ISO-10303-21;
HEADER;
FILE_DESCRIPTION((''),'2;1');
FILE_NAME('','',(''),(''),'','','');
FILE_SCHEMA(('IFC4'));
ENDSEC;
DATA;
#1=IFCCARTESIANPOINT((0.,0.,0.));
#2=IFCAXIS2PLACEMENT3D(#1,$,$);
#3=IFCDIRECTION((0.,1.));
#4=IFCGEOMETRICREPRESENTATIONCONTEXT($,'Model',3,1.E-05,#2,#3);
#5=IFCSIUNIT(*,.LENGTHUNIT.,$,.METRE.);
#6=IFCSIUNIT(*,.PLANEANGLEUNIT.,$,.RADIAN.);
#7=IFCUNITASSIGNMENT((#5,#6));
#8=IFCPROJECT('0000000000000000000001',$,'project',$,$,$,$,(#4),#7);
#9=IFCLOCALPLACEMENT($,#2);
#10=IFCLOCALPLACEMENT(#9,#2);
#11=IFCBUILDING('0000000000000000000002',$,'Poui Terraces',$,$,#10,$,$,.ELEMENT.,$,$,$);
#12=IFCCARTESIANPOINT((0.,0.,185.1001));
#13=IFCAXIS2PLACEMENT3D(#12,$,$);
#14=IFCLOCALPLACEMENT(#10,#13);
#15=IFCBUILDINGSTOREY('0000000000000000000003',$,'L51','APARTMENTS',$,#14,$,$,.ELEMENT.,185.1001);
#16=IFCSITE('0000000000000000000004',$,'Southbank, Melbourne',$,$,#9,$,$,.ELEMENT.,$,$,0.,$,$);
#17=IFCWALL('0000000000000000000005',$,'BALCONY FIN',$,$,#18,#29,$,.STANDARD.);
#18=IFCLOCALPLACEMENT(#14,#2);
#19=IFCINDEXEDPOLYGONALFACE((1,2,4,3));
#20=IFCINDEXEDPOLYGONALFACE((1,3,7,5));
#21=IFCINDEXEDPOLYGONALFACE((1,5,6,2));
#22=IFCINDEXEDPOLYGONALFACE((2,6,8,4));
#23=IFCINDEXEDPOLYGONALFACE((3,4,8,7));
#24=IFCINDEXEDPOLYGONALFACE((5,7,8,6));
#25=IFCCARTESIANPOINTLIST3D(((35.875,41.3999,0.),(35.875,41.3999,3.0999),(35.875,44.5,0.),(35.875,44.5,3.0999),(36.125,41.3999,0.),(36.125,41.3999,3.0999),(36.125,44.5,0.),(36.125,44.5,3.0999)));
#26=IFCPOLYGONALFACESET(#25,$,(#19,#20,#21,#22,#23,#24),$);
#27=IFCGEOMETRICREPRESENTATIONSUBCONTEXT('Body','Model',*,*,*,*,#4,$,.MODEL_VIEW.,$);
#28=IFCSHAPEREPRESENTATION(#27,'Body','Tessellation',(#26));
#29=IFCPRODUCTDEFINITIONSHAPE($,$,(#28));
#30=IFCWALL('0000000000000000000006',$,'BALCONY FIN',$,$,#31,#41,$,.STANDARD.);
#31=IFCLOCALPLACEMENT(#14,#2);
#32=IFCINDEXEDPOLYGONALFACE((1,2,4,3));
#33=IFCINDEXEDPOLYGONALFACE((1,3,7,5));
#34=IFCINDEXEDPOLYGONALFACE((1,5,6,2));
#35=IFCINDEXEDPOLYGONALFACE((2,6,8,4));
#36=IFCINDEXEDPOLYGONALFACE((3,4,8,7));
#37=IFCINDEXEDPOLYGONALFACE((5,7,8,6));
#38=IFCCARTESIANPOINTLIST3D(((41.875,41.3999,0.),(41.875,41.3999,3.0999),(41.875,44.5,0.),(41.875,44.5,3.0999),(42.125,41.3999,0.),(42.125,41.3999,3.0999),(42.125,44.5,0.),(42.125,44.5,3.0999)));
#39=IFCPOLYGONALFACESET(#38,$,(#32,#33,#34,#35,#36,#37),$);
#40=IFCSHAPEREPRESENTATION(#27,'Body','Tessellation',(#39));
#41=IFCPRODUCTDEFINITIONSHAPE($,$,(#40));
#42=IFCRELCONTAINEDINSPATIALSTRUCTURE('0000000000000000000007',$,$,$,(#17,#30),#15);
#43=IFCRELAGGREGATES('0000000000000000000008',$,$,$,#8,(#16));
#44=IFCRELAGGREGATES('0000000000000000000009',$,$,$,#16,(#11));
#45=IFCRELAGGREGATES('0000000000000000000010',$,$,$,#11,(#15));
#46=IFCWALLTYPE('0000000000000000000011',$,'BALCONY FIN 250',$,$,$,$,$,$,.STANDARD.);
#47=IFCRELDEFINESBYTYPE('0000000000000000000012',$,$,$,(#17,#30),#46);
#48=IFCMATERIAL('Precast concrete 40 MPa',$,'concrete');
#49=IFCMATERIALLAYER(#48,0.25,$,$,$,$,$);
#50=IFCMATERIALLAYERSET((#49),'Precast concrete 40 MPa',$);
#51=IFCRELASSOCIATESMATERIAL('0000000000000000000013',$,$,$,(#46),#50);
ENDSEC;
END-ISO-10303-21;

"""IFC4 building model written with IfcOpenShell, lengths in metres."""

from ifc_helpers import new_model, si_unit, direction, frame, origin, place, context, subcontext, project, spatial, polyline, outline, extrude, source, transform, mapped, material, layer, layer_set, type_object, element, save


model = new_model("IFC4")

# Units and contexts
model_context = context("Model", 3, precision=1e-05, world=origin(), true_north=direction((0.0, 1.0)))
body_context = subcontext(model_context, "Body", "Model", "MODEL_VIEW")
ifc_project = project(units=[si_unit("LENGTHUNIT", "METRE"), si_unit("PLANEANGLEUNIT", "RADIAN")], contexts=[model_context])

# Site, building, storey
site_placement = place(None, origin())
site = spatial("IfcSite", under=ifc_project, at=site_placement, Name="Southbank, Melbourne", CompositionType="ELEMENT", RefElevation=0.0)
building_placement = place(site_placement, origin())
building = spatial("IfcBuilding", under=site, at=building_placement, Name="Poui Terraces", CompositionType="ELEMENT")
storey_placement = place(building_placement, frame((0.0, 0.0, 185.1001)))
storey = spatial("IfcBuildingStorey", under=building, at=storey_placement, Name="L51", Description="APARTMENTS", CompositionType="ELEMENT", Elevation=185.1001)

# Walls
ifc_material_1 = material(Name="Precast concrete 40 MPa", Category="concrete")
ifc_layer_1 = layer(ifc_material_1, 0.25)
ifc_layer_set_1 = layer_set([ifc_layer_1], Name="Precast concrete 40 MPa")
wall_type_1 = type_object("IfcWallType", Name="BALCONY FIN 250", PredefinedType="STANDARD", material=ifc_layer_set_1)
shared_shape_1 = source(origin(), body_context, "Body", "SweptSolid", [
    extrude(outline(polyline([(0.0, 0.0), (0.25, 0.0), (0.25, 3.1001), (0.0, 3.1001), (0.0, 0.0)])), origin(), (0.0, 0.0, 1.0), 3.0999),
])
for number, where, name in (
    (1, (35.875, 41.3999, 0.0), "BALCONY FIN"),
    (2, (41.875, 41.3999, 0.0), "BALCONY FIN"),
):
    element("IfcWall", number, at=place(storey_placement, frame(where)), inside=storey, type_object=wall_type_1, Name=name, PredefinedType="STANDARD", context=body_context, shape_type="MappedRepresentation", body=[
        mapped(shared_shape_1, transform((0.0, 0.0, 0.0))),
    ])

save(model, "model.ifc")
